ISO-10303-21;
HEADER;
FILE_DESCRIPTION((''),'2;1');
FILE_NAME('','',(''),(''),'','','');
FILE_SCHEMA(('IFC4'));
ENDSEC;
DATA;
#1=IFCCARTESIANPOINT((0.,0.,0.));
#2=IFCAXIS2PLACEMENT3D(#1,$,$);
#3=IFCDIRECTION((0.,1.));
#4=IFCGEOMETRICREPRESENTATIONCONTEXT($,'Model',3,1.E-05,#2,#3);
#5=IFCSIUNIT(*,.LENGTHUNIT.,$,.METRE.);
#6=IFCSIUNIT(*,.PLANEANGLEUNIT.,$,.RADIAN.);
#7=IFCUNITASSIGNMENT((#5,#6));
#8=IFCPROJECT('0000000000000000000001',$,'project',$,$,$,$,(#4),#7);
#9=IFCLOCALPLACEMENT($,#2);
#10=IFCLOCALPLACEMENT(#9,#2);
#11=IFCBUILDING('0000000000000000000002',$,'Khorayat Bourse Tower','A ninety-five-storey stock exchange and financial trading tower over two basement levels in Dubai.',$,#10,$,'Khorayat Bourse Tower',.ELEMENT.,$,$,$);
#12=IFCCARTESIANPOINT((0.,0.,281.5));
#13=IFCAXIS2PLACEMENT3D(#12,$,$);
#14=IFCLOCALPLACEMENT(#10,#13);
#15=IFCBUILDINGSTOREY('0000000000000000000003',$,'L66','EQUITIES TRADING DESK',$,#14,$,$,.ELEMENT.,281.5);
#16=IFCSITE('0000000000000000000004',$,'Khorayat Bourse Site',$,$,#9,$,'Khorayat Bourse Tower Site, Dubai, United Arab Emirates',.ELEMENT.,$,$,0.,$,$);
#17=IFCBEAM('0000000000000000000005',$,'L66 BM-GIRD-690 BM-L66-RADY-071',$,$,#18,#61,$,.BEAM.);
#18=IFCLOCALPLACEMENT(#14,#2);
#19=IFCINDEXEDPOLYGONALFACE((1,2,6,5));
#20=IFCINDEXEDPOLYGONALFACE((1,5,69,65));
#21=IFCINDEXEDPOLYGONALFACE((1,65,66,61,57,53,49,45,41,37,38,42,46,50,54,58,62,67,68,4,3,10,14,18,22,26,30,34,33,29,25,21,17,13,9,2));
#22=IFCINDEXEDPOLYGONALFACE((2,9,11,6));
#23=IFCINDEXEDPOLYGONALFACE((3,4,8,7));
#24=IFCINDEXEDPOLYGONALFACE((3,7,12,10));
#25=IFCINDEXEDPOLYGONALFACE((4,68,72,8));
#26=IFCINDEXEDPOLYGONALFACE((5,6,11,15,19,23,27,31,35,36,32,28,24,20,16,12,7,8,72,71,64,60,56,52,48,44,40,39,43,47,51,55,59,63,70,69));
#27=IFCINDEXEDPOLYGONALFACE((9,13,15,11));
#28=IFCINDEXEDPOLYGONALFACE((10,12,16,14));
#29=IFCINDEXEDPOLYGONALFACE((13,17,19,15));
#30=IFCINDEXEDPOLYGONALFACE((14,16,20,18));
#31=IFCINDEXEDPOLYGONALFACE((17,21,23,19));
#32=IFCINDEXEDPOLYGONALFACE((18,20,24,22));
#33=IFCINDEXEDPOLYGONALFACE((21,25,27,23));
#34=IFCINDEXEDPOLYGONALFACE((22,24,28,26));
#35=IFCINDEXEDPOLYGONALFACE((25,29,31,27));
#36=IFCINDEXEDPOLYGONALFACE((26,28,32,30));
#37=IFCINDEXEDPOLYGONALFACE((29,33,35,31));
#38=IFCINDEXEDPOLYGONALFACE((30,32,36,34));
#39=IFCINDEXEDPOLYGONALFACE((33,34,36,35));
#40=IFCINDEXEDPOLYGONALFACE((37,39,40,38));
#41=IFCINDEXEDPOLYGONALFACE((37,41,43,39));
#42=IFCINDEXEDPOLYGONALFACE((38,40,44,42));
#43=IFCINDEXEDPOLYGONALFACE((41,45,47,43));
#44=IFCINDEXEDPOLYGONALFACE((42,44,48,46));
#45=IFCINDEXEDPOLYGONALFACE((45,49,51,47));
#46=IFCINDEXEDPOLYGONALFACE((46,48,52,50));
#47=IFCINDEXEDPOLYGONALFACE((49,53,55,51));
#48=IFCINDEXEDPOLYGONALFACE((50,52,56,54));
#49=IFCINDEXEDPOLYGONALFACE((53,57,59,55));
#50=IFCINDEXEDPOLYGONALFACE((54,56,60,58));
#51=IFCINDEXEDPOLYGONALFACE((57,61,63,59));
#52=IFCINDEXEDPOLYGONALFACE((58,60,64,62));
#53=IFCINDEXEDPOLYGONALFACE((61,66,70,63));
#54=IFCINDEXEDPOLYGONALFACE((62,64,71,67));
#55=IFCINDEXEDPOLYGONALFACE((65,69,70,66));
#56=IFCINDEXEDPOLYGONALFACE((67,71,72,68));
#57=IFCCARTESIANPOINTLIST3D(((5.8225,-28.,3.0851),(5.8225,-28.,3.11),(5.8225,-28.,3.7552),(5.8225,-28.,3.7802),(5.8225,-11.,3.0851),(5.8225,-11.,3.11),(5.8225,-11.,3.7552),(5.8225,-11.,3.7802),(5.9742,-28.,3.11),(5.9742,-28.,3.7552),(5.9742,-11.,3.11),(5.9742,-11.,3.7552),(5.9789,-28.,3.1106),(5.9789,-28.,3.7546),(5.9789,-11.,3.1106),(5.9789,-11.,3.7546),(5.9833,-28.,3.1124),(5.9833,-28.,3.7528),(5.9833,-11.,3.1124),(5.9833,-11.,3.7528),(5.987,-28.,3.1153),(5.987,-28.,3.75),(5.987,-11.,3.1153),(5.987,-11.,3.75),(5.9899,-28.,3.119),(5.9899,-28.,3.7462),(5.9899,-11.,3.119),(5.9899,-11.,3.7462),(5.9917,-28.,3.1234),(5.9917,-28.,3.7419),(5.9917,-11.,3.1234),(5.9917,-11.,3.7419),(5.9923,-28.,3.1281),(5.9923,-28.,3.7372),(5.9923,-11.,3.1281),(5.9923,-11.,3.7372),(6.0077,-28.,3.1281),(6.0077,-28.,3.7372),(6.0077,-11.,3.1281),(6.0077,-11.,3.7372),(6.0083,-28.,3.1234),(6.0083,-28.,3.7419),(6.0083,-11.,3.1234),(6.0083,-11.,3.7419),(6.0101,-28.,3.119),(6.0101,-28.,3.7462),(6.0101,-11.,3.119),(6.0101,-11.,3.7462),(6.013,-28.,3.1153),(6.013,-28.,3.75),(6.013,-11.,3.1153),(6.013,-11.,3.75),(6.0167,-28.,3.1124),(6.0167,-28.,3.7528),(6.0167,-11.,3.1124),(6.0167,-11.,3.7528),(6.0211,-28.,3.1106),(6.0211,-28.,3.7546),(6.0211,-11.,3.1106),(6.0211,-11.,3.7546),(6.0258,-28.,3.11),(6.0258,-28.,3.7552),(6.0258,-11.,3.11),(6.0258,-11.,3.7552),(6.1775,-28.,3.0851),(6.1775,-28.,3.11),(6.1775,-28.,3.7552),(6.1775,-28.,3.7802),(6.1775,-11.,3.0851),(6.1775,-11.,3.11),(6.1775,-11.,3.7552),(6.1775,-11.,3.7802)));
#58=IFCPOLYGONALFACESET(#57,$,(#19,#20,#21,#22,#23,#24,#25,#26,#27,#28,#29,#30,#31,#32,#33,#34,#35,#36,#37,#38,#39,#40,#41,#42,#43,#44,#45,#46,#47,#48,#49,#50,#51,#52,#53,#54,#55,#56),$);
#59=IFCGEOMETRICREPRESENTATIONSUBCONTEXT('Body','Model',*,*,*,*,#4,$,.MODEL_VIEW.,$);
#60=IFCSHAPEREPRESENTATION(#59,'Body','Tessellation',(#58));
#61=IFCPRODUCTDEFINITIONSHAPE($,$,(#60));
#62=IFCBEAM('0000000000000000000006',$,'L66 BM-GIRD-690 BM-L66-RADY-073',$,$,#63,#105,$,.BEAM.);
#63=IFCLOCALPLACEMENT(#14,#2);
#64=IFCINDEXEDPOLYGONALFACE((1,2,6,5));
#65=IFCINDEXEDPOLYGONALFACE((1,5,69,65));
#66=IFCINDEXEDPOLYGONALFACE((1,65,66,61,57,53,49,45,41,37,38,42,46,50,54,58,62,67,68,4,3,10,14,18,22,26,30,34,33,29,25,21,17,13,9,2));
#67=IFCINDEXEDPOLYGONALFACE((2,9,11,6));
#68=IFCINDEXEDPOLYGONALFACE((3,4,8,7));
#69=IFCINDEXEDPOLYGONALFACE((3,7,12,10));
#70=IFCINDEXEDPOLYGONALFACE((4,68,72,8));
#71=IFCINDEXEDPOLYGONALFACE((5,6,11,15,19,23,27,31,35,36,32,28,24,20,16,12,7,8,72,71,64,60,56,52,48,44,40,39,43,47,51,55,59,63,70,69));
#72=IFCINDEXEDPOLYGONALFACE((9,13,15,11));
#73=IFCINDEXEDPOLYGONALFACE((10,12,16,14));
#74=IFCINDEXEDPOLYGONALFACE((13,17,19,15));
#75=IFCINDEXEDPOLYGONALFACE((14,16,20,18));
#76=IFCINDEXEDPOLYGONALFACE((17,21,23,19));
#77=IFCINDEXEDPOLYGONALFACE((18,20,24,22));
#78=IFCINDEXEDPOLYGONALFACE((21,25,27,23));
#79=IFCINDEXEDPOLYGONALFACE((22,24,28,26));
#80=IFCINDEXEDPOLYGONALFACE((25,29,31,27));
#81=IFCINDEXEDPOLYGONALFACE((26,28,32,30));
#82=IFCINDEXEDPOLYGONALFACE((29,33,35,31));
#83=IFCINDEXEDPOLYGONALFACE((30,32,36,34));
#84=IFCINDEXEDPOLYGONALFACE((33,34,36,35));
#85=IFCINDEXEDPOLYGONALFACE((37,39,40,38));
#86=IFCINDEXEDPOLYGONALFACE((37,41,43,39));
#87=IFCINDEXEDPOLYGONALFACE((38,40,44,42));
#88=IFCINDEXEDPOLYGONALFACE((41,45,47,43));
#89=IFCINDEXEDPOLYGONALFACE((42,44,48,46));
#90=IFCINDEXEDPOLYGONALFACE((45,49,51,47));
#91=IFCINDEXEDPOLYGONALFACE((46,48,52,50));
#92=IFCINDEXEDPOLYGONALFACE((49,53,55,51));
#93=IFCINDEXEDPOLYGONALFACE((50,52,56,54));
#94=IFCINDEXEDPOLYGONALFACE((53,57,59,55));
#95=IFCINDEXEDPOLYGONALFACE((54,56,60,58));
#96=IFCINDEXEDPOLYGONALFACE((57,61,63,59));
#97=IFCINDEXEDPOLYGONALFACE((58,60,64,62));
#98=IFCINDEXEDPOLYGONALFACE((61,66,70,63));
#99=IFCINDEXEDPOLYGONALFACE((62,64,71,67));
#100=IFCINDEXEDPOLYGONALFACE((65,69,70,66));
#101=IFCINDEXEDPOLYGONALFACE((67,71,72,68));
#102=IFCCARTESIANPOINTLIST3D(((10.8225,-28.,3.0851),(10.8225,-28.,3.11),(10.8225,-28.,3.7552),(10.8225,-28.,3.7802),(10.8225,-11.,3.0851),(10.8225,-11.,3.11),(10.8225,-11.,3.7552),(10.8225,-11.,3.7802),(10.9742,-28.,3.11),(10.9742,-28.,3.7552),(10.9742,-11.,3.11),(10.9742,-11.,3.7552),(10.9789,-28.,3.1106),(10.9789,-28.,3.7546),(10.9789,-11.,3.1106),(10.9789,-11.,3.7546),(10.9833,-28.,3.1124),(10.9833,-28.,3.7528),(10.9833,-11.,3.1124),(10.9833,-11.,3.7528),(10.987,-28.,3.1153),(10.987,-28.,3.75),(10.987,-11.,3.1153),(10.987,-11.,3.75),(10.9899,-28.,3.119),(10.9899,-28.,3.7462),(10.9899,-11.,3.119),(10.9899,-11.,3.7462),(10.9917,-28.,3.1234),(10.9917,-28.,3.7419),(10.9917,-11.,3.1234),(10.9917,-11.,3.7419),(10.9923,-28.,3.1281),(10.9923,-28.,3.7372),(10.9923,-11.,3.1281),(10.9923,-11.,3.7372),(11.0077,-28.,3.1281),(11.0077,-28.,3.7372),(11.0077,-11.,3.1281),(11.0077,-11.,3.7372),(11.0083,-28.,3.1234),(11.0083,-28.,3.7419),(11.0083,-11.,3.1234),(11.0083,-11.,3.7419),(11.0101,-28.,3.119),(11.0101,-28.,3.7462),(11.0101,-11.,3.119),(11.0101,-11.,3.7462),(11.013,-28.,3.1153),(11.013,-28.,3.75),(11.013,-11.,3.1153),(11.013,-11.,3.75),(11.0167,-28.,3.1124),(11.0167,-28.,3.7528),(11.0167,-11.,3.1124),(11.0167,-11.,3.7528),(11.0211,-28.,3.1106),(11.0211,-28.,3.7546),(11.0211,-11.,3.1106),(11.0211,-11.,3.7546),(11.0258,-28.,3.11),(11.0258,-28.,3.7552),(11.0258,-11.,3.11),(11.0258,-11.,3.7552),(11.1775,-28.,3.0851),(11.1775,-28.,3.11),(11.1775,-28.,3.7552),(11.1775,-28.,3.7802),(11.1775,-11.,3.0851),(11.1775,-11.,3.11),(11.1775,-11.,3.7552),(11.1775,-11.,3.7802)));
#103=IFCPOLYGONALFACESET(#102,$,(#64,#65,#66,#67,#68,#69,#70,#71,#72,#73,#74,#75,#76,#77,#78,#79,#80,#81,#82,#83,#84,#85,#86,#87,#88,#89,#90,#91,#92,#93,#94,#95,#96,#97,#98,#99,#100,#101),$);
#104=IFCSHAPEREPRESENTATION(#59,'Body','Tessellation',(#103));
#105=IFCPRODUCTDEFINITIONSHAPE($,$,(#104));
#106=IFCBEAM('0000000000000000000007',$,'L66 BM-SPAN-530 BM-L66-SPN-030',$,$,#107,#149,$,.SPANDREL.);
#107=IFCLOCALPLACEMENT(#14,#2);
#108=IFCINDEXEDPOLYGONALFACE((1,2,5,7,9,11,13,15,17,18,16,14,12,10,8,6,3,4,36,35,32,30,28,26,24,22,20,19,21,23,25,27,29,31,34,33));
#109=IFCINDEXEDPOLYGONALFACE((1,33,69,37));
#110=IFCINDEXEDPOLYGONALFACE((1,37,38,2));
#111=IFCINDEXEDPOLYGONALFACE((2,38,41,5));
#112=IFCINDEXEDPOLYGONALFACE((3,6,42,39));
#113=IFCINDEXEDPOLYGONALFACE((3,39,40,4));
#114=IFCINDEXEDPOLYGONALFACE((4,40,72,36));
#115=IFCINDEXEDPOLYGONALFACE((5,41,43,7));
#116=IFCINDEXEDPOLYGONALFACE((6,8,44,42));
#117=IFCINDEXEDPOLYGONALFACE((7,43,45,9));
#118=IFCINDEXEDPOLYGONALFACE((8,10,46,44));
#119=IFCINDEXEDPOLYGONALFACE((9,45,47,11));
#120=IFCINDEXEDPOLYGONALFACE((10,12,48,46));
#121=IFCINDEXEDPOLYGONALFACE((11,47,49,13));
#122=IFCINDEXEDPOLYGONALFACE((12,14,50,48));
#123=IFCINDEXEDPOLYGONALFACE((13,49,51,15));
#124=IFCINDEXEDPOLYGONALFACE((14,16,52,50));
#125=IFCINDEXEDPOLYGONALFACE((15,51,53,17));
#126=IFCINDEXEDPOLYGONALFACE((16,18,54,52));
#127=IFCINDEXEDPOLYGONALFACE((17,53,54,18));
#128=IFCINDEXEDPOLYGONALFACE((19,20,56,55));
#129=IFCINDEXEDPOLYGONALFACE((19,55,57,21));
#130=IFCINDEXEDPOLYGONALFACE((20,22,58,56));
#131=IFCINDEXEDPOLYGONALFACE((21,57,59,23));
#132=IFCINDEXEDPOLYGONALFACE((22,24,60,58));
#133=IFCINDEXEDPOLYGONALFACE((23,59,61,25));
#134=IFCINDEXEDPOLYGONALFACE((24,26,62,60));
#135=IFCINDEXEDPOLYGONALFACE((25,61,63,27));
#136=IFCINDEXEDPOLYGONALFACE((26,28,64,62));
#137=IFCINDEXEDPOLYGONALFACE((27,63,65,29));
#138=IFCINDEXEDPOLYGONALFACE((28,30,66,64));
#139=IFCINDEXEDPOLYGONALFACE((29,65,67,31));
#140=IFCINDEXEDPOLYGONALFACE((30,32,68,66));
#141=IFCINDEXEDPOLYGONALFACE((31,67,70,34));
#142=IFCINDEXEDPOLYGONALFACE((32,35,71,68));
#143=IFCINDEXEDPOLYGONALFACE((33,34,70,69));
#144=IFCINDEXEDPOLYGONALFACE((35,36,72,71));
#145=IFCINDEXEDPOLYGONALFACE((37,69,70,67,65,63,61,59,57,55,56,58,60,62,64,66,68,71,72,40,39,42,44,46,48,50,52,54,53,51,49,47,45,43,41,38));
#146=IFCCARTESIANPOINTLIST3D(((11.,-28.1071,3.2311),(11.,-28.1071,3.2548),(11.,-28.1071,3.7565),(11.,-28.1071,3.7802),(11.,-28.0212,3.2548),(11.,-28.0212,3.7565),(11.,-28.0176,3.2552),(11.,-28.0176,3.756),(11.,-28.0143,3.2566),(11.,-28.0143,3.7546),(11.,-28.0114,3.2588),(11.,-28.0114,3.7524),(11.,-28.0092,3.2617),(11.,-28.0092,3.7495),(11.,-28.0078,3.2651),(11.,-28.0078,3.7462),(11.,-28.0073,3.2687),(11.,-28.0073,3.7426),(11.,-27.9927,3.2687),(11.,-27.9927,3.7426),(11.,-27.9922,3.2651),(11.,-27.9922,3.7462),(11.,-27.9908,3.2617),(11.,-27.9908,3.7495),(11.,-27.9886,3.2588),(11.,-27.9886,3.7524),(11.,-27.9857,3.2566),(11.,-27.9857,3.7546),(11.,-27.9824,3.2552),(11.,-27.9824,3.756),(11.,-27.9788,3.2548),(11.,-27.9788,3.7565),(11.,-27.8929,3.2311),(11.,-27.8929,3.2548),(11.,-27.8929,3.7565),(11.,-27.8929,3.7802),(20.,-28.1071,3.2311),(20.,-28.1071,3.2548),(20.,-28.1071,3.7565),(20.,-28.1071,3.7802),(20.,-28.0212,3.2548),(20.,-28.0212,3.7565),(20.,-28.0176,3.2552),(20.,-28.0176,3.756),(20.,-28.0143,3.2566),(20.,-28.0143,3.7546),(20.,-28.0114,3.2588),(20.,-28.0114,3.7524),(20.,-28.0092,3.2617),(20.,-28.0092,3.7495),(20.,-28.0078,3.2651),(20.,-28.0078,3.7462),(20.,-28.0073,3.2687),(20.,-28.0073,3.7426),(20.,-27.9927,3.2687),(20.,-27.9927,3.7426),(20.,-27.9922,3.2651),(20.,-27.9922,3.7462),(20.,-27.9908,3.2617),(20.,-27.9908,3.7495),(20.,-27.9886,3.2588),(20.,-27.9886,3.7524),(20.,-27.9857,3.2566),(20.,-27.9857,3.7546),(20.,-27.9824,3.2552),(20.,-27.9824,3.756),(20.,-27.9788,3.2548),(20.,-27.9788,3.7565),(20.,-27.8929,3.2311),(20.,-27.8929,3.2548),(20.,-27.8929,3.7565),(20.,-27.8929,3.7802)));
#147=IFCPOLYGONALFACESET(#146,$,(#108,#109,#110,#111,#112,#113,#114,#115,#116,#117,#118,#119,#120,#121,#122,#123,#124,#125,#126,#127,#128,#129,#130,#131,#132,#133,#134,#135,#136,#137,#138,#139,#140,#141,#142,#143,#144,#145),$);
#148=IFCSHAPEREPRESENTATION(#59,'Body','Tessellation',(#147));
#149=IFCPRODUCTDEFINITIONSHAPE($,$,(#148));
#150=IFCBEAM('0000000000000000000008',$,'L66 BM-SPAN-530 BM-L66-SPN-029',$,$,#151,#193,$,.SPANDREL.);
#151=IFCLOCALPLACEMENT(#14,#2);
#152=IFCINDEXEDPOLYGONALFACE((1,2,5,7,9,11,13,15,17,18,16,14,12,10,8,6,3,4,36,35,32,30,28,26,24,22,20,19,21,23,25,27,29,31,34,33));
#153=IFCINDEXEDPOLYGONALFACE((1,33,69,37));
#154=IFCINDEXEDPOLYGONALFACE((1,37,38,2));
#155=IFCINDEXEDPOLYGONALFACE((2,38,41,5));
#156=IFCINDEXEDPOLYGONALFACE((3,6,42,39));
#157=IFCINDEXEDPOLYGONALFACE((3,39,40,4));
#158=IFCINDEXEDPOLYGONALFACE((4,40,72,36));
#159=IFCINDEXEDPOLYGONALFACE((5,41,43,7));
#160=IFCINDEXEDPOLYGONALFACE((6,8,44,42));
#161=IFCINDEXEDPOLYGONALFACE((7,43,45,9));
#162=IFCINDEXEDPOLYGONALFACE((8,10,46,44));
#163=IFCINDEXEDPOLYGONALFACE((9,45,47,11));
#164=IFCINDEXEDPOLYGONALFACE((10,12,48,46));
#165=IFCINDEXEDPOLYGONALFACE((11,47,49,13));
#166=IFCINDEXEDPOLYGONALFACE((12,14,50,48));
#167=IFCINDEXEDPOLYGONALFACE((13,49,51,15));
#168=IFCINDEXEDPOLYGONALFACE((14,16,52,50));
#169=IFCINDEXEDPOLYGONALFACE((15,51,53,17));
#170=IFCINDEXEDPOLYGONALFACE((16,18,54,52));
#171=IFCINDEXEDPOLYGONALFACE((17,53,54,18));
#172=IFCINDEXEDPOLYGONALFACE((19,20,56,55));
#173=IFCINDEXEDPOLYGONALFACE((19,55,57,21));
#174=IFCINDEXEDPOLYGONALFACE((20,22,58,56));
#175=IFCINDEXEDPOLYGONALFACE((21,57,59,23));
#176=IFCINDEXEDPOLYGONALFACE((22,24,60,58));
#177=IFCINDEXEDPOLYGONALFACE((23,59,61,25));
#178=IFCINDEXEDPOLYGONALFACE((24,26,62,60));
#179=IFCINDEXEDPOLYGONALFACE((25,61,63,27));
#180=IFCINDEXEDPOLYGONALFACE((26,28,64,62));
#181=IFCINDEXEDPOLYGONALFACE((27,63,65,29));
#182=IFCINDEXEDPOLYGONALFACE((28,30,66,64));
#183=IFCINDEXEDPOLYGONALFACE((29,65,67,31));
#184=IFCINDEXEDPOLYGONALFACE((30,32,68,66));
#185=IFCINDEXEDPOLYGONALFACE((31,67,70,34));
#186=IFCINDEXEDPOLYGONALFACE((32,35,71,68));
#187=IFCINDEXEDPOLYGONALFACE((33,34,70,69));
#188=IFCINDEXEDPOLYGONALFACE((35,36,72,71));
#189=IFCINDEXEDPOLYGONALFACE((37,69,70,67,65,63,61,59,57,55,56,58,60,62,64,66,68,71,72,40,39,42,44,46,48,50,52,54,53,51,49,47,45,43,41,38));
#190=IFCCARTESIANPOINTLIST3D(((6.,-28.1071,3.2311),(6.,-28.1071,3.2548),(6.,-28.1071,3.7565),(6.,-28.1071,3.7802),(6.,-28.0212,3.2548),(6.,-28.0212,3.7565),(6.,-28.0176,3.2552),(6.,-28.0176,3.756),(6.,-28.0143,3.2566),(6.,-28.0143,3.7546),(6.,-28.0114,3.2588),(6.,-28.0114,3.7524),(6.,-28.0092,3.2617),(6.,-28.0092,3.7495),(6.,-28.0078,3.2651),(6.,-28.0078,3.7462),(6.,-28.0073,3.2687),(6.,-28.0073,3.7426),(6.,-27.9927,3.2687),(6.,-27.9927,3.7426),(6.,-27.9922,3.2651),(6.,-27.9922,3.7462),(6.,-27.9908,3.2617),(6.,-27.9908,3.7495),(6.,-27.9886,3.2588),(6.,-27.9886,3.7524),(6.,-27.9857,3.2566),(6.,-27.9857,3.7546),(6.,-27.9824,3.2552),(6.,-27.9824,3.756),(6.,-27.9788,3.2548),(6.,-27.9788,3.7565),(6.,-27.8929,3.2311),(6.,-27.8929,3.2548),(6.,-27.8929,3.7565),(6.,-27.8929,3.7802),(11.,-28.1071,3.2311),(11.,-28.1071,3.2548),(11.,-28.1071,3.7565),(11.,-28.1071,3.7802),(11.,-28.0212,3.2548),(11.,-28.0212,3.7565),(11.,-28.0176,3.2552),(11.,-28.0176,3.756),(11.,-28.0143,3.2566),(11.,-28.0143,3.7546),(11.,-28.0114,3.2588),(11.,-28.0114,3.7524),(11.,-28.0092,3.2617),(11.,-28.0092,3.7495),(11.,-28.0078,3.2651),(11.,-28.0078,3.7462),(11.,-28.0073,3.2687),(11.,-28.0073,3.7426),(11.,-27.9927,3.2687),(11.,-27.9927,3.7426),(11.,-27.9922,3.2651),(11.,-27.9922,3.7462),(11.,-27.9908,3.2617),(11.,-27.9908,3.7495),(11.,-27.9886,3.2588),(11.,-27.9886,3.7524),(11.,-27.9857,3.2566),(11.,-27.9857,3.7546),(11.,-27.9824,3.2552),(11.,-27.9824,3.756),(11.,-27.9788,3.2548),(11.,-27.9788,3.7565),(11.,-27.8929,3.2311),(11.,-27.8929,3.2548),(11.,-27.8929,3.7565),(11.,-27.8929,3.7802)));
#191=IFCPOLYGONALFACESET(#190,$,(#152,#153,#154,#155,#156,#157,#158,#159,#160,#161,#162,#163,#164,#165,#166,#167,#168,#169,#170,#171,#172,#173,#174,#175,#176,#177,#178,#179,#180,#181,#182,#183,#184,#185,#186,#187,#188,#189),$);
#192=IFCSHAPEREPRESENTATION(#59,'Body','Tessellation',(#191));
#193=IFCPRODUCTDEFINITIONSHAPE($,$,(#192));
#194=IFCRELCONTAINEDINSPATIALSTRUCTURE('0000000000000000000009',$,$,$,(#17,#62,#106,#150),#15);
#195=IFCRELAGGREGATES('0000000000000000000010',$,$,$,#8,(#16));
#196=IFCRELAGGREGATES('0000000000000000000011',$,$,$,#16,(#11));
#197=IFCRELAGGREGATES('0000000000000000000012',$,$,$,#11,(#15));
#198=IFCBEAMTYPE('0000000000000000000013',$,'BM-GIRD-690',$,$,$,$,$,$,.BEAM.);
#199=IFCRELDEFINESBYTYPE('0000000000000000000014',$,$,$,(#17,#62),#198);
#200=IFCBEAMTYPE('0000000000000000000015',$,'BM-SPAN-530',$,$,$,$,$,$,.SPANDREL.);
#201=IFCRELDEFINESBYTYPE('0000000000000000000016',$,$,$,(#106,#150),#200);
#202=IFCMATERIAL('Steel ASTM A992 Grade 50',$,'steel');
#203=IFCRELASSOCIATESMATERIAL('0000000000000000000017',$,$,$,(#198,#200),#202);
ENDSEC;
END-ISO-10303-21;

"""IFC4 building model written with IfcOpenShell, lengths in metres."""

from ifc_helpers import new_model, si_unit, direction, frame, origin, origin_2d, place, context, subcontext, project, spatial, i_section, extrude, source, transform, mapped, material, material_profile, profile_set, type_object, element, save


model = new_model("IFC4")

# Units and contexts
model_context = context("Model", 3, precision=1e-05, world=origin(), true_north=direction((0.0, 1.0)))
body_context = subcontext(model_context, "Body", "Model", "MODEL_VIEW")
ifc_project = project(units=[si_unit("LENGTHUNIT", "METRE"), si_unit("PLANEANGLEUNIT", "RADIAN")], contexts=[model_context])

# Site, building, storey
site_placement = place(None, origin())
site = spatial("IfcSite", under=ifc_project, at=site_placement, Name="Khorayat Bourse Site", LongName="Khorayat Bourse Tower Site, Dubai, United Arab Emirates", CompositionType="ELEMENT", RefElevation=0.0)
building_placement = place(site_placement, origin())
building = spatial("IfcBuilding", under=site, at=building_placement, Name="Khorayat Bourse Tower", Description="A ninety-five-storey stock exchange and financial trading tower over two basement levels in Dubai.", LongName="Khorayat Bourse Tower", CompositionType="ELEMENT")
storey_placement = place(building_placement, frame((0.0, 0.0, 281.5)))
storey = spatial("IfcBuildingStorey", under=building, at=storey_placement, Name="L66", Description="EQUITIES TRADING DESK", CompositionType="ELEMENT", Elevation=281.5)

# Shared definitions
ifc_material_1 = material(Name="Steel ASTM A992 Grade 50", Category="steel")
ifc_material_profile_1 = material_profile(ifc_material_1, i_section(OverallWidth=0.355, OverallDepth=0.6951, WebThickness=0.0154, FlangeThickness=0.0249, FilletRadius=0.0181, at=origin_2d()), Name="W690X217")
ifc_profile_set_1 = profile_set([ifc_material_profile_1], Name="Steel ASTM A992 Grade 50")
beam_type_1 = type_object("IfcBeamType", Name="BM-GIRD-690", PredefinedType="BEAM", material=ifc_profile_set_1)

# Beams
shared_shape_1 = source(origin(), body_context, "Body", "SweptSolid", [
    extrude(i_section(OverallWidth=0.355, OverallDepth=0.6951, WebThickness=0.0154, FlangeThickness=0.0249, FilletRadius=0.0181, at=origin_2d()), origin(), (0.0, 0.0, 1.0), 17.0),
])
for number, where, z_axis, x_axis, name in (
    (1, (6.0, -28.0, 3.4326), (0.0, 1.0, 0.0), (-1.0, 0.0, 0.0), "L66 BM-GIRD-690 BM-L66-RADY-071"),
    (2, (11.0, -28.0, 3.4326), (0.0, 1.0, 0.0), (-1.0, 0.0, 0.0), "L66 BM-GIRD-690 BM-L66-RADY-073"),
):
    element("IfcBeam", number, at=place(storey_placement, frame(where, z_axis=z_axis, x_axis=x_axis)), inside=storey, type_object=beam_type_1, Name=name, PredefinedType="BEAM", context=body_context, shape_type="MappedRepresentation", body=[
        mapped(shared_shape_1, transform((0.0, 0.0, 0.0), scale=1.0)),
    ])
ifc_material_profile_2 = material_profile(ifc_material_1, i_section(OverallWidth=0.2141, OverallDepth=0.5491, WebThickness=0.0146, FlangeThickness=0.0237, FilletRadius=0.0139, at=origin_2d()), Name="W530X138")
ifc_profile_set_2 = profile_set([ifc_material_profile_2], Name="Steel ASTM A992 Grade 50")
beam_type_2 = type_object("IfcBeamType", Name="BM-SPAN-530", PredefinedType="SPANDREL", material=ifc_profile_set_2)
shared_shape_2 = source(origin(), body_context, "Body", "SweptSolid", [
    extrude(i_section(OverallWidth=0.2141, OverallDepth=0.5491, WebThickness=0.0146, FlangeThickness=0.0237, FilletRadius=0.0139, at=origin_2d()), origin(), (0.0, 0.0, 1.0), 9.0),
])
beam_1_placement = place(storey_placement, frame((11.0, -28.0, 3.5056), z_axis=(1.0, 0.0, 0.0), x_axis=(0.0, 1.0, 0.0)))
element("IfcBeam", 3, at=beam_1_placement, inside=storey, type_object=beam_type_2, Name="L66 BM-SPAN-530 BM-L66-SPN-030", PredefinedType="SPANDREL", context=body_context, shape_type="MappedRepresentation", body=[
    mapped(shared_shape_2, transform((0.0, 0.0, 0.0), scale=1.0)),
])
shared_shape_3 = source(origin(), body_context, "Body", "SweptSolid", [
    extrude(i_section(OverallWidth=0.2141, OverallDepth=0.5491, WebThickness=0.0146, FlangeThickness=0.0237, FilletRadius=0.0139, at=origin_2d()), origin(), (0.0, 0.0, 1.0), 5.0),
])
beam_2_placement = place(storey_placement, frame((6.0, -28.0, 3.5056), z_axis=(1.0, 0.0, 0.0), x_axis=(0.0, 1.0, 0.0)))
element("IfcBeam", 4, at=beam_2_placement, inside=storey, type_object=beam_type_2, Name="L66 BM-SPAN-530 BM-L66-SPN-029", PredefinedType="SPANDREL", context=body_context, shape_type="MappedRepresentation", body=[
    mapped(shared_shape_3, transform((0.0, 0.0, 0.0), scale=1.0)),
])

save(model, "model.ifc")
